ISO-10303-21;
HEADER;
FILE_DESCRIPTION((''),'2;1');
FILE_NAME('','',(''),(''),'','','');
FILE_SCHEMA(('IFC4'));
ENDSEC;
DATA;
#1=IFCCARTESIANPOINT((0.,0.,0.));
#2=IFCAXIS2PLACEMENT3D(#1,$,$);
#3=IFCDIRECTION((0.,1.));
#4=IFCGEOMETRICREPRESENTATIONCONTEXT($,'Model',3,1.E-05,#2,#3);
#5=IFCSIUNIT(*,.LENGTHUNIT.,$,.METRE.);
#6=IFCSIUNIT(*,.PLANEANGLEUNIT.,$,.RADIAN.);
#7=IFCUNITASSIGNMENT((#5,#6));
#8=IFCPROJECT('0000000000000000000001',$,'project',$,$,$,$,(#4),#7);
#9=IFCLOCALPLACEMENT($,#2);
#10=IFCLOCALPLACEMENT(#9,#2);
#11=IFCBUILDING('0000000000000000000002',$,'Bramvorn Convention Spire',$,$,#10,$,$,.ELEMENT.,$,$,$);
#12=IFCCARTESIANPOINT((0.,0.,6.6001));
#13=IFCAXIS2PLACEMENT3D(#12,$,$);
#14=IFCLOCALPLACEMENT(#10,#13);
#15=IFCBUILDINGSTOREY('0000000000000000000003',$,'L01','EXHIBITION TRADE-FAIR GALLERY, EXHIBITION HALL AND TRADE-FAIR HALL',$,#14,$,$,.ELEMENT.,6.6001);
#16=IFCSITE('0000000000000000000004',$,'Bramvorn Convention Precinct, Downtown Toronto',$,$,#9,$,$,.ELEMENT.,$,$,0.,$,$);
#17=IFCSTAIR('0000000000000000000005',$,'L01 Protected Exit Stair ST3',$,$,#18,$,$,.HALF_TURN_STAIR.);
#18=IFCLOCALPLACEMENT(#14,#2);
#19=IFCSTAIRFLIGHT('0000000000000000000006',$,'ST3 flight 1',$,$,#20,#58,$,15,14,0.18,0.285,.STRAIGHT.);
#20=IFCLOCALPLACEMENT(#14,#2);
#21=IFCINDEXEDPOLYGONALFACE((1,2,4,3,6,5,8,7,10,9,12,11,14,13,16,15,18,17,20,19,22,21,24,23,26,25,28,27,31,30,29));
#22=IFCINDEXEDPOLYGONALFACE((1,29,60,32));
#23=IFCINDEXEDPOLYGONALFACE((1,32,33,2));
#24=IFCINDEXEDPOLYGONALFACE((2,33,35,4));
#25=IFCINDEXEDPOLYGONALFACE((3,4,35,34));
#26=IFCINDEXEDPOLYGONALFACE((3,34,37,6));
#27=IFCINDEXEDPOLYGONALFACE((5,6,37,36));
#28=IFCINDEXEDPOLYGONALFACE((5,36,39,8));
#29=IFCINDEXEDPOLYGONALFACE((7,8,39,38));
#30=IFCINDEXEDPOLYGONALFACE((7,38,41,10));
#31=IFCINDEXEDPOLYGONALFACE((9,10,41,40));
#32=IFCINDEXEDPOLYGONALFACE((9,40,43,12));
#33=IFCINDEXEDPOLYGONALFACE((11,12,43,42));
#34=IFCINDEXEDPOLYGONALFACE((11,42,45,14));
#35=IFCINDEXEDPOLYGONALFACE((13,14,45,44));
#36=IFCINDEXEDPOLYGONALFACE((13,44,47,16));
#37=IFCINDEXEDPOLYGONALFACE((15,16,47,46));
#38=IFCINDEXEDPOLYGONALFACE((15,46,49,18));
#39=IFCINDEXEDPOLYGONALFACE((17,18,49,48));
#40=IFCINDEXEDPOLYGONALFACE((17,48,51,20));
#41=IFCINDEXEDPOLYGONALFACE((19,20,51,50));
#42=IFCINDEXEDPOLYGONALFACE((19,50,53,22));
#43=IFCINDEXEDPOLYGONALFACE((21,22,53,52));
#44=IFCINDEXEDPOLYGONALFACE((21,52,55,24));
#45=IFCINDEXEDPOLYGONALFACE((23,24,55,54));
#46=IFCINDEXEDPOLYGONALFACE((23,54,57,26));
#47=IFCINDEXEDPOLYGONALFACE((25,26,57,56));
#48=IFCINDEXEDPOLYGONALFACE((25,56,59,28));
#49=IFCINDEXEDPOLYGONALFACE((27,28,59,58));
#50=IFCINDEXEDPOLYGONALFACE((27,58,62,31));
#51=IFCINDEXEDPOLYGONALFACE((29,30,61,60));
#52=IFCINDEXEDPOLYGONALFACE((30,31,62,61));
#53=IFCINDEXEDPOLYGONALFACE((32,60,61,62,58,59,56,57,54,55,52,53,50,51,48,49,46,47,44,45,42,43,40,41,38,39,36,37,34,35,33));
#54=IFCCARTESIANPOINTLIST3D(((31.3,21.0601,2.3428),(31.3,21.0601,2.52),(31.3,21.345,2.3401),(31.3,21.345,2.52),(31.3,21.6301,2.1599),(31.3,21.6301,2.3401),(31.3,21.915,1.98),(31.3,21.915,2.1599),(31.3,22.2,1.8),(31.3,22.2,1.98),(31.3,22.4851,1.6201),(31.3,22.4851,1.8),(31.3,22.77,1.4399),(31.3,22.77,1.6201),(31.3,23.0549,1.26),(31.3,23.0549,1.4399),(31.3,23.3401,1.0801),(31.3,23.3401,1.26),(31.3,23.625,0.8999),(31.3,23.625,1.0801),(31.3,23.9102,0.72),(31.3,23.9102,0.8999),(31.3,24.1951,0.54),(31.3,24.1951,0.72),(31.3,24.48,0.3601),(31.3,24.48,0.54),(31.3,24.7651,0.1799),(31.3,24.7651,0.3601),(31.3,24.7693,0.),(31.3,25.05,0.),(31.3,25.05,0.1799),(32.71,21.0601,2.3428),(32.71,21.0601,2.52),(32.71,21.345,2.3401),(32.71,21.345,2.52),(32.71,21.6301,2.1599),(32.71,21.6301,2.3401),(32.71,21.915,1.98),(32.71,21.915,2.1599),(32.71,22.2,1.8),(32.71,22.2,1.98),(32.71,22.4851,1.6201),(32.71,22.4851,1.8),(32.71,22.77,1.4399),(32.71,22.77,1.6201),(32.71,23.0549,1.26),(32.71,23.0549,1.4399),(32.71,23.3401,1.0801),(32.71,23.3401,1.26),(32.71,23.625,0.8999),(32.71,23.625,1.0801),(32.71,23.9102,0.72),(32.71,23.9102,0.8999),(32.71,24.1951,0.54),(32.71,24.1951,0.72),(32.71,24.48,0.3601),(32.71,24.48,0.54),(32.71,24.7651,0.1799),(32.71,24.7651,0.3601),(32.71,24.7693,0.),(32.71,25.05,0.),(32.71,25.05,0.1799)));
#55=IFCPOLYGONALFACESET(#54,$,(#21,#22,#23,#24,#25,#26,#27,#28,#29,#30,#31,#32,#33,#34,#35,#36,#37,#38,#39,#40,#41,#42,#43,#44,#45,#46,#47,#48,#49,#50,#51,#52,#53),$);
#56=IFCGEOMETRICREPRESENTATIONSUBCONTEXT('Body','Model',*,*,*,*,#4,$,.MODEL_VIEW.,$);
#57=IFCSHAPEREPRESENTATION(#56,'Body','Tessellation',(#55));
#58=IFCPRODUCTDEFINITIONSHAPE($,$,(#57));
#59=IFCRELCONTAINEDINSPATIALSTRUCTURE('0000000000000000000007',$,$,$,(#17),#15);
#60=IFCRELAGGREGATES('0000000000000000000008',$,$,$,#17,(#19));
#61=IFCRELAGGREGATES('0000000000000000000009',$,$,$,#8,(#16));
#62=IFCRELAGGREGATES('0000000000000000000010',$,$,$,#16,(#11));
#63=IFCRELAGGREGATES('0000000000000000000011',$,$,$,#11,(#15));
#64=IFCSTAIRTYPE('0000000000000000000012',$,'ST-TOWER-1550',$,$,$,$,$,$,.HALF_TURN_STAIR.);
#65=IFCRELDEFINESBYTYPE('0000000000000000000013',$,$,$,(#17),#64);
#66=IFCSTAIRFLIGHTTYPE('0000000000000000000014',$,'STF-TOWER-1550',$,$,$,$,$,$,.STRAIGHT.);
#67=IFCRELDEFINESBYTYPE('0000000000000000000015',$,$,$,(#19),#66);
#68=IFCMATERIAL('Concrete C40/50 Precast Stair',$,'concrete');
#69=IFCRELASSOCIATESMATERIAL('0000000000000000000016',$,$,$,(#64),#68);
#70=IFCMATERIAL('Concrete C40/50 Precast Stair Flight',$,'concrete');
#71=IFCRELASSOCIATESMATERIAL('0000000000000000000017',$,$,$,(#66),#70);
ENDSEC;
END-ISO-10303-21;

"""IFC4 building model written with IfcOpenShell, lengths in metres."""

from ifc_helpers import new_model, si_unit, direction, frame, origin, place, context, subcontext, project, spatial, polyline, outline, extrude, material, type_object, element, aggregate, save


model = new_model("IFC4")

# Units and contexts
model_context = context("Model", 3, precision=1e-05, world=origin(), true_north=direction((0.0, 1.0)))
body_context = subcontext(model_context, "Body", "Model", "MODEL_VIEW")
ifc_project = project(units=[si_unit("LENGTHUNIT", "METRE"), si_unit("PLANEANGLEUNIT", "RADIAN")], contexts=[model_context])

# Site, building, storey
site_placement = place(None, origin())
site = spatial("IfcSite", under=ifc_project, at=site_placement, Name="Bramvorn Convention Precinct, Downtown Toronto", CompositionType="ELEMENT", RefElevation=0.0)
building_placement = place(site_placement, origin())
building = spatial("IfcBuilding", under=site, at=building_placement, Name="Bramvorn Convention Spire", CompositionType="ELEMENT")
storey_placement = place(building_placement, frame((0.0, 0.0, 6.6001)))
storey = spatial("IfcBuildingStorey", under=building, at=storey_placement, Name="L01", Description="EXHIBITION TRADE-FAIR GALLERY, EXHIBITION HALL AND TRADE-FAIR HALL", CompositionType="ELEMENT", Elevation=6.6001)

# Stair, stair flight
ifc_material_1 = material(Name="Concrete C40/50 Precast Stair", Category="concrete")
stair_type = type_object("IfcStairType", Name="ST-TOWER-1550", PredefinedType="HALF_TURN_STAIR", material=ifc_material_1)
ifc_material_2 = material(Name="Concrete C40/50 Precast Stair Flight", Category="concrete")
stair_flight_type = type_object("IfcStairFlightType", Name="STF-TOWER-1550", PredefinedType="STRAIGHT", material=ifc_material_2)
stair_1_placement = place(storey_placement, origin())
stair_1 = element("IfcStair", 1, at=stair_1_placement, inside=storey, type_object=stair_type, Name="L01 Protected Exit Stair ST3", PredefinedType="HALF_TURN_STAIR")
stair_flight_1_placement = place(storey_placement, frame((32.0049, 25.05, 0.0), z_axis=(0.0, 0.0, 1.0), x_axis=(0.0, -1.0, 0.0)))
stair_flight_1 = element("IfcStairFlight", 2, at=stair_flight_1_placement, type_object=stair_flight_type, Name="ST3 flight 1", NumberOfRisers=15, NumberOfTreads=14, PredefinedType="STRAIGHT", RiserHeight=0.18, TreadLength=0.285, context=body_context, shape_type="SweptSolid", body=[
    extrude(outline(polyline([(0.0, 0.0), (0.0, 0.1799), (0.2849, 0.1799), (0.2849, 0.3601), (0.5701, 0.3601), (0.5701, 0.54), (0.855, 0.54), (0.855, 0.72), (1.1399, 0.72), (1.1399, 0.8999), (1.425, 0.8999), (1.425, 1.0801), (1.71, 1.0801), (1.71, 1.26), (1.9951, 1.26), (1.9951, 1.4399), (2.28, 1.4399), (2.28, 1.6201), (2.5649, 1.6201), (2.5649, 1.8), (2.8501, 1.8), (2.8501, 1.98), (3.135, 1.98), (3.135, 2.1599), (3.4199, 2.1599), (3.4199, 2.3401), (3.7051, 2.3401), (3.7051, 2.52), (3.99, 2.52), (3.99, 2.7), (3.99, 2.3428), (0.2808, 0.0), (0.0, 0.0)])), frame((0.0, 0.7051, 0.0), z_axis=(0.0, -1.0, 0.0), x_axis=(1.0, 0.0, 0.0)), (0.0, 0.0, 1.0), 1.4099),
])
aggregate(stair_1, [stair_flight_1])

save(model, "model.ifc")
